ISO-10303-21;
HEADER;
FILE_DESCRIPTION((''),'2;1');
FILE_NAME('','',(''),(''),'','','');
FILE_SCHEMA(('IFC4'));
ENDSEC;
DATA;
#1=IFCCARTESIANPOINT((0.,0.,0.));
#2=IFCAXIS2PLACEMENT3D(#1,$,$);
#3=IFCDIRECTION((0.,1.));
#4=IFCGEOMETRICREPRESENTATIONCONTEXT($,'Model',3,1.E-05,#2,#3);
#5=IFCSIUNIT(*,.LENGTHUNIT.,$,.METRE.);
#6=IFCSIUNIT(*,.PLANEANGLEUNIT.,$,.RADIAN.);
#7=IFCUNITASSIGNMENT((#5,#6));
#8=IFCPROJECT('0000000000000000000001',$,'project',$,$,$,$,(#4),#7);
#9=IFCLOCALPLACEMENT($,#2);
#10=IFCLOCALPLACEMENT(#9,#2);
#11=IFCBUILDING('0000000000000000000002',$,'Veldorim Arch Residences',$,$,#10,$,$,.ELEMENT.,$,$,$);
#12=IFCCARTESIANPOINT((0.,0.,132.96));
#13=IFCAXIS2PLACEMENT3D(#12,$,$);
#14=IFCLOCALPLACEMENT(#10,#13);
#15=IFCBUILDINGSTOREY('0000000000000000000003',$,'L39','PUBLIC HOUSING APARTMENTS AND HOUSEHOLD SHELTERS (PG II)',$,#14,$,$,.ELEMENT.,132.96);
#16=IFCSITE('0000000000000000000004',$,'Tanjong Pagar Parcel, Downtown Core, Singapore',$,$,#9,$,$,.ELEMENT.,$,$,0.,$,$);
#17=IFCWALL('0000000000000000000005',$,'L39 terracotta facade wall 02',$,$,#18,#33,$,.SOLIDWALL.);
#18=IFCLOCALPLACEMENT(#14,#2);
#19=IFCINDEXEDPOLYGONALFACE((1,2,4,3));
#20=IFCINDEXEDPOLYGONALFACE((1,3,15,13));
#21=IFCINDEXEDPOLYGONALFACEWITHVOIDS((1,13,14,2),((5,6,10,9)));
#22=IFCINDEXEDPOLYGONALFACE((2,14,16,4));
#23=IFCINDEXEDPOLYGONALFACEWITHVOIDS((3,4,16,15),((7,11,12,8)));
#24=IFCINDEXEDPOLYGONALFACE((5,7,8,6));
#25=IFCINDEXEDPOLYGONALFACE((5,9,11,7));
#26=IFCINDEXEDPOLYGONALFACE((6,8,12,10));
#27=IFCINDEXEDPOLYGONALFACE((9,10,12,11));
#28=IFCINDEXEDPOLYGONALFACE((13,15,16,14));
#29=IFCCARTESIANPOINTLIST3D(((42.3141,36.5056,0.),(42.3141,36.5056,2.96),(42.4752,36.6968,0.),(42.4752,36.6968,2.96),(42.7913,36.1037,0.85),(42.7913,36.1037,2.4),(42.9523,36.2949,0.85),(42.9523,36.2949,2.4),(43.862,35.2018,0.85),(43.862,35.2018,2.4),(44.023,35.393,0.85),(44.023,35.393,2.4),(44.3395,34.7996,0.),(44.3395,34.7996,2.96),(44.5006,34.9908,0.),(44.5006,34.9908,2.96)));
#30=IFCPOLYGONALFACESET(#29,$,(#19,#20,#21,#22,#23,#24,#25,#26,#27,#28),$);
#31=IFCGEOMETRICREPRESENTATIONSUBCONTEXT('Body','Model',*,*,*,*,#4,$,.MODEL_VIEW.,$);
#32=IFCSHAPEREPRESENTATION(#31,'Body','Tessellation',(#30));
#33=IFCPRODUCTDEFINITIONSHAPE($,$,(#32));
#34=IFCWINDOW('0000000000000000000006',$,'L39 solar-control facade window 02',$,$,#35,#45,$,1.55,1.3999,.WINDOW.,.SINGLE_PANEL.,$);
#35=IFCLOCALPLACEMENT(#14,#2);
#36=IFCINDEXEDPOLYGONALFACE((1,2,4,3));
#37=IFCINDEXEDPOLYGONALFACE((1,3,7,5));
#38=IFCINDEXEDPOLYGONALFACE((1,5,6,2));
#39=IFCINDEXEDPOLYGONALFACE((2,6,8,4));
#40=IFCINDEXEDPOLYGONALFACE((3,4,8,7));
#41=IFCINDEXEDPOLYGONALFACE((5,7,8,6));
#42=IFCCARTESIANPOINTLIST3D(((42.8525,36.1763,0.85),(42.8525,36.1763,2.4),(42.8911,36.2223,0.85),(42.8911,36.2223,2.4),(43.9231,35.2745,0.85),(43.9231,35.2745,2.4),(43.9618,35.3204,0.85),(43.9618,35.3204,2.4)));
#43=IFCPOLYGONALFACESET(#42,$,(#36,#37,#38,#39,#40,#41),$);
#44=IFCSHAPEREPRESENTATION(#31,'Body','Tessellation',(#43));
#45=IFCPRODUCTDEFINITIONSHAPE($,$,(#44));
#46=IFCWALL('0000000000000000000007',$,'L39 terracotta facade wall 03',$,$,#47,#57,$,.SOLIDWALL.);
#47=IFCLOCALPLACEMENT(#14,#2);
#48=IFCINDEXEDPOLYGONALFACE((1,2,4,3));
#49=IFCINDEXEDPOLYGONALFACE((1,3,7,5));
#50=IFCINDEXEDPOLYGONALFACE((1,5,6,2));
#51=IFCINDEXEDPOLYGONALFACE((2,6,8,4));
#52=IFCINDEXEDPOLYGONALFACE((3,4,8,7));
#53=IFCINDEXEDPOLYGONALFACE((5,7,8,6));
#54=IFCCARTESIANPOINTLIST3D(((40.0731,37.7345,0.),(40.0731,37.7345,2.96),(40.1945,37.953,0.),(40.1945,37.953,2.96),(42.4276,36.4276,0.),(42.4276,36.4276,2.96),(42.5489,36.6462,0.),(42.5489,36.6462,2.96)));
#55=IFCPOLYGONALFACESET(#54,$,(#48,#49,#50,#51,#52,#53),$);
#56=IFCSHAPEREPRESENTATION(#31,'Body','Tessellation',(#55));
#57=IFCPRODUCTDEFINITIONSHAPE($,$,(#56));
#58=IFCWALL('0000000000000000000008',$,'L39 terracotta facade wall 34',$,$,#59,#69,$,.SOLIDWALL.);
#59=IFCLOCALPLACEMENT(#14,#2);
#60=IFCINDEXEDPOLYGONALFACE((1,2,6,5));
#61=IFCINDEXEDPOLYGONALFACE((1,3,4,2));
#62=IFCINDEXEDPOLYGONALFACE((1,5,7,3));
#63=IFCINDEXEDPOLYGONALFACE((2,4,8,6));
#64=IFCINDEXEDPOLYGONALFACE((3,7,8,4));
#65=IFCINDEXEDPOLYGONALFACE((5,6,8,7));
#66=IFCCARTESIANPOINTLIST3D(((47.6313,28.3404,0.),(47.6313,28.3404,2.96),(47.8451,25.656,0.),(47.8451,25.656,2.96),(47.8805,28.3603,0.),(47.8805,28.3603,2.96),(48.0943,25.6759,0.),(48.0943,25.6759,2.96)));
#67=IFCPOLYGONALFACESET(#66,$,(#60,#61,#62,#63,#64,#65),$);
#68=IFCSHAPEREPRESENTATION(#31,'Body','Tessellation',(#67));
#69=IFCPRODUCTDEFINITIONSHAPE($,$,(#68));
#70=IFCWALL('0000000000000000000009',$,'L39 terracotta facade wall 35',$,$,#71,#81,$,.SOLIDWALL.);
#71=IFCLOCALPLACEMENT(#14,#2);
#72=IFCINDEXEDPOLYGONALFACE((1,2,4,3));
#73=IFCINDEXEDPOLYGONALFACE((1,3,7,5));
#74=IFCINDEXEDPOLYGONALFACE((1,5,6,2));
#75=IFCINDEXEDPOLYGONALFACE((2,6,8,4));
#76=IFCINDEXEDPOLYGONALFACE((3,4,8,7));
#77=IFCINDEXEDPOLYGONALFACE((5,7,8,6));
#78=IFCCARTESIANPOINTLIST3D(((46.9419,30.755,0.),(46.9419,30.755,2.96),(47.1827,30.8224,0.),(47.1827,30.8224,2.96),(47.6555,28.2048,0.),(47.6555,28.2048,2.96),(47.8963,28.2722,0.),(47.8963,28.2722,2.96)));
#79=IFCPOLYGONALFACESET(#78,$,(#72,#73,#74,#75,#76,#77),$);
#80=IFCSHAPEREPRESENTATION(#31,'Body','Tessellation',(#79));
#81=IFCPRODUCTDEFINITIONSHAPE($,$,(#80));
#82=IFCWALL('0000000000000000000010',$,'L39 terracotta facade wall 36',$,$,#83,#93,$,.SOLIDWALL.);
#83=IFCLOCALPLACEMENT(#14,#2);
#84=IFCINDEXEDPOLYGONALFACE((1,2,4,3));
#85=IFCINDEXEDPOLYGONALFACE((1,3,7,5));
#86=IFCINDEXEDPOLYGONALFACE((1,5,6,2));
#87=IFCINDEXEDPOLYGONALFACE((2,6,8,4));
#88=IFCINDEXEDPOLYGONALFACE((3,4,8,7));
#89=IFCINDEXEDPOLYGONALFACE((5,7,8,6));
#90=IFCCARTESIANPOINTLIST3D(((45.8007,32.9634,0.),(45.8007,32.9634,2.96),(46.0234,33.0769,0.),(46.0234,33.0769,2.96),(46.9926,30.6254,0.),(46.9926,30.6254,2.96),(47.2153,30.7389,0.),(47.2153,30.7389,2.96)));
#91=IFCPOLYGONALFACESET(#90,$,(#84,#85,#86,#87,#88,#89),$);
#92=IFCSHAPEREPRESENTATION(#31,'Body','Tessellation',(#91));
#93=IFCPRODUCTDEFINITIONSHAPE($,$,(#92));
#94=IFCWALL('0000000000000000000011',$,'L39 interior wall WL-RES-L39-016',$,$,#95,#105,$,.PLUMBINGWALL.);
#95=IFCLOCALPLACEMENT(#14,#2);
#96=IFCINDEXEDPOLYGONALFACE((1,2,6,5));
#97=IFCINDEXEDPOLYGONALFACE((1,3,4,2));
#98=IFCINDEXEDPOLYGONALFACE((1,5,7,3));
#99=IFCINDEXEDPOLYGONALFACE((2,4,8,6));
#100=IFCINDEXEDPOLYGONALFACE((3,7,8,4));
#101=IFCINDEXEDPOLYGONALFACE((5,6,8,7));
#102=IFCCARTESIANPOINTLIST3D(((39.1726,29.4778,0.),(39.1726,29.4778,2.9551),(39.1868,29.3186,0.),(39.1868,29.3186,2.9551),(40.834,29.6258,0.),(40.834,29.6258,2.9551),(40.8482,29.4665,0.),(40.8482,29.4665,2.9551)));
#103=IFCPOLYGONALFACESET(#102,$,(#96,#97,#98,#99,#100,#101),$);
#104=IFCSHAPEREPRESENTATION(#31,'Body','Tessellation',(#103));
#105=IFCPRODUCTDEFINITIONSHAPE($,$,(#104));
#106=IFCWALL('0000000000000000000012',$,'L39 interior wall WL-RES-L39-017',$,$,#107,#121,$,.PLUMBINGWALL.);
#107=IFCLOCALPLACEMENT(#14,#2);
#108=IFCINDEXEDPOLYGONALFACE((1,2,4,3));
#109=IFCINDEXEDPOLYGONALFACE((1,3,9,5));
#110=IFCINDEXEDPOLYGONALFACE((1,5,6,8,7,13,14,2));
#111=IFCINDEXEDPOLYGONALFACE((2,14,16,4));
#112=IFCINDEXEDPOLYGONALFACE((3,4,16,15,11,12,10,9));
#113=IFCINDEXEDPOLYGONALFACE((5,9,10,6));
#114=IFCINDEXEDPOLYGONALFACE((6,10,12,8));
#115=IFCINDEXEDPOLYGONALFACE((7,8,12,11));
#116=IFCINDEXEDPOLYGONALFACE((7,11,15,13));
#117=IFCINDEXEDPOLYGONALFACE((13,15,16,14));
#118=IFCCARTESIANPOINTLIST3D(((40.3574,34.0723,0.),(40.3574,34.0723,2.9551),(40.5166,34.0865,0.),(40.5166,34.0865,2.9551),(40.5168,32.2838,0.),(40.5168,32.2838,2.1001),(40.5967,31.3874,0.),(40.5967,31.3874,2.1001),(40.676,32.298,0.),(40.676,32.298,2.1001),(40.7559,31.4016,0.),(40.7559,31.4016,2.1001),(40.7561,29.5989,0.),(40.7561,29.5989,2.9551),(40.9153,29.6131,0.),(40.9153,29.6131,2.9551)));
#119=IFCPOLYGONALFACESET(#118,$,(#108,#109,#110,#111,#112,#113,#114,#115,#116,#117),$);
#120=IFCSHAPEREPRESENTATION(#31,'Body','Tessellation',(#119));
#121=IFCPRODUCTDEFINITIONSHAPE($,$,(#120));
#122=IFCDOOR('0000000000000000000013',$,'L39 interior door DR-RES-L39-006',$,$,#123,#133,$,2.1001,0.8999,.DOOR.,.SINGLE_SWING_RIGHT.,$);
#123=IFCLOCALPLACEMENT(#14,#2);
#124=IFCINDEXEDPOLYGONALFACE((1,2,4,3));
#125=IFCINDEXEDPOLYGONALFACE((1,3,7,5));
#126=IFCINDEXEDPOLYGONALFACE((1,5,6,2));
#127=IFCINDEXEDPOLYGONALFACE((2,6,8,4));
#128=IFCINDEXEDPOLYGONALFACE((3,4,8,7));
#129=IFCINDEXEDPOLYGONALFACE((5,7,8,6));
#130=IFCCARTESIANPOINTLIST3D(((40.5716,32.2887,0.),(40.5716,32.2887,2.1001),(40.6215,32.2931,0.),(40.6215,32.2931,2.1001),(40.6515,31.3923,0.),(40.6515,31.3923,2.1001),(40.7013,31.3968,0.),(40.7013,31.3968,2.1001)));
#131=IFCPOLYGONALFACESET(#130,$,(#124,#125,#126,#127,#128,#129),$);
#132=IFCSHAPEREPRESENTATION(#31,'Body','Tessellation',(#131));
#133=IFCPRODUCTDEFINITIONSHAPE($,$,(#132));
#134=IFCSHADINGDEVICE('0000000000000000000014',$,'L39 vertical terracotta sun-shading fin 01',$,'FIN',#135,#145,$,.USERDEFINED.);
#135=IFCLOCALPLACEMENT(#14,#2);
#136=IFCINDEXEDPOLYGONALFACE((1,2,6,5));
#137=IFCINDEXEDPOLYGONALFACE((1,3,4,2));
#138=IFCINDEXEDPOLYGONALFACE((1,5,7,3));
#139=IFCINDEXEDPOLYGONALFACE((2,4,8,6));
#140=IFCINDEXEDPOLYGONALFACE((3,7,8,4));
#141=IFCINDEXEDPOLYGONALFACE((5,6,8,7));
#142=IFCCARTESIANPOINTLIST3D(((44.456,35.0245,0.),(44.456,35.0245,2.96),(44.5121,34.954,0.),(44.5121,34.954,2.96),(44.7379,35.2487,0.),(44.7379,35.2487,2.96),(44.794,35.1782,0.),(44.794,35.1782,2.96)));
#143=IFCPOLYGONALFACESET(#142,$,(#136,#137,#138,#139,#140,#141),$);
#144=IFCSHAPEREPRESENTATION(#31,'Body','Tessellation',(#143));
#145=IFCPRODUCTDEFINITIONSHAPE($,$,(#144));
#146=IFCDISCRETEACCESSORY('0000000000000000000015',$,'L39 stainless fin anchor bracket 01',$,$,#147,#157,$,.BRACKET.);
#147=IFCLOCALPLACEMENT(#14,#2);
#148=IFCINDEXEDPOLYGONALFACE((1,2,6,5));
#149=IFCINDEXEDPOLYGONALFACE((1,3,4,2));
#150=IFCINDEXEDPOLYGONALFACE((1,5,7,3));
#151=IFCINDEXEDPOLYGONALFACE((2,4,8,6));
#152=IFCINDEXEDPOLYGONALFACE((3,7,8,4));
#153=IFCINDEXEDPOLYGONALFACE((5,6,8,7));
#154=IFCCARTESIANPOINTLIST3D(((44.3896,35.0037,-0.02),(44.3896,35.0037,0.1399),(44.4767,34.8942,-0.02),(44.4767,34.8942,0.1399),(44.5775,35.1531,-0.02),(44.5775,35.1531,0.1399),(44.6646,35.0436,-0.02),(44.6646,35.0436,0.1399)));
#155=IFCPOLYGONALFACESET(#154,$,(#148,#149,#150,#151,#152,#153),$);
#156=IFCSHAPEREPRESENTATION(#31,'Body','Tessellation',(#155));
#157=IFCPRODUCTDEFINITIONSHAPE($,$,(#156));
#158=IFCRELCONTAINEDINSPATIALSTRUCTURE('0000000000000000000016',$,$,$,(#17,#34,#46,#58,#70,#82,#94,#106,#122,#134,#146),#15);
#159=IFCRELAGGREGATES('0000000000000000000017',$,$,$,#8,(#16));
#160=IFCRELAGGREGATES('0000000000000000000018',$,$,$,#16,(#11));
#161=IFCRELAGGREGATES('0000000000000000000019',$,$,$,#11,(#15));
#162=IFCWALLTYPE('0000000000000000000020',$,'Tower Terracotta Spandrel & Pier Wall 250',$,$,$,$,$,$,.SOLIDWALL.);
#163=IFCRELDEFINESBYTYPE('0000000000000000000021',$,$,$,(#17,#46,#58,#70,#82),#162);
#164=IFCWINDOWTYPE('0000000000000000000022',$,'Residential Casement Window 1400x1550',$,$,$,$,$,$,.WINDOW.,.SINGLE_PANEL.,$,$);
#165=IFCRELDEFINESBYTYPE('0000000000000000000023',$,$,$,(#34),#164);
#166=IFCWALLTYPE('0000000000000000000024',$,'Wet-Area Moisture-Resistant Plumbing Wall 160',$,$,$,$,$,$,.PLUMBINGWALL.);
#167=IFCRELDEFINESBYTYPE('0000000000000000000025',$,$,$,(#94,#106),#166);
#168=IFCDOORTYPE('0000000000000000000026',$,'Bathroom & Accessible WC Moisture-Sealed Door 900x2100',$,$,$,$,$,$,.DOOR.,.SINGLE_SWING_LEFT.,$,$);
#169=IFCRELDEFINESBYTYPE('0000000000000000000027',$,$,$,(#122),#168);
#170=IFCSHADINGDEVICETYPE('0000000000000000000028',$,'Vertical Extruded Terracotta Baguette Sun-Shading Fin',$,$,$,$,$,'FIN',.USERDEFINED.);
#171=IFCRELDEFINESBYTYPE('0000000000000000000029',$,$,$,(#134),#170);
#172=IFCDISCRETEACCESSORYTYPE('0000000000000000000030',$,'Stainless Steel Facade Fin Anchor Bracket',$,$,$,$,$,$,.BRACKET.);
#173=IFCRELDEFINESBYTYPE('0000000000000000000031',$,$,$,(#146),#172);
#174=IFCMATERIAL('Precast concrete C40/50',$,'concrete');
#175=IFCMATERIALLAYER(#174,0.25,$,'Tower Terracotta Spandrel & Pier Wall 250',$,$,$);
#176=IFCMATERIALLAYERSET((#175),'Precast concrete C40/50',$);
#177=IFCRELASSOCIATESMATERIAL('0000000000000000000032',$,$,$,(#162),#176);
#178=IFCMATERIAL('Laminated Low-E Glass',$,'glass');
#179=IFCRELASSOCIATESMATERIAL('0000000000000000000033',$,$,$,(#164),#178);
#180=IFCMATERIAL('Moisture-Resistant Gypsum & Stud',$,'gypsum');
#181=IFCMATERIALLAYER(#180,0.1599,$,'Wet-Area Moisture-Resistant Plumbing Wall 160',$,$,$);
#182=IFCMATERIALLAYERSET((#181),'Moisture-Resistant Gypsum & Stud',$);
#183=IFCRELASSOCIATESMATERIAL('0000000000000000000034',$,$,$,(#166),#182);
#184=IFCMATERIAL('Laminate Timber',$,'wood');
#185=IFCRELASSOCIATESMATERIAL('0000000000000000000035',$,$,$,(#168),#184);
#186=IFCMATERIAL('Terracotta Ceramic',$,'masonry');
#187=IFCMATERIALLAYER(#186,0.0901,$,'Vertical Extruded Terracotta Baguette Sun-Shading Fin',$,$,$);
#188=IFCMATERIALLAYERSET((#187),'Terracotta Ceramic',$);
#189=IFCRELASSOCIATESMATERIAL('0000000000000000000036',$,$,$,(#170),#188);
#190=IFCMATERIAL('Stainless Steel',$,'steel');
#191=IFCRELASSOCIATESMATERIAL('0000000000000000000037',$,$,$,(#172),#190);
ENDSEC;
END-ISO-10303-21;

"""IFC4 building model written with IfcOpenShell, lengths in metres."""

from ifc_helpers import new_model, si_unit, direction, frame, frame_2d, origin, origin_2d, place, context, subcontext, project, spatial, rectangle, extrude, material, layer, layer_set, type_object, element, fill, save


model = new_model("IFC4")

# Units and contexts
model_context = context("Model", 3, precision=1e-05, world=origin(), true_north=direction((0.0, 1.0)))
body_context = subcontext(model_context, "Body", "Model", "MODEL_VIEW")
ifc_project = project(units=[si_unit("LENGTHUNIT", "METRE"), si_unit("PLANEANGLEUNIT", "RADIAN")], contexts=[model_context])

# Site, building, storey
site_placement = place(None, origin())
site = spatial("IfcSite", under=ifc_project, at=site_placement, Name="Tanjong Pagar Parcel, Downtown Core, Singapore", CompositionType="ELEMENT", RefElevation=0.0)
building_placement = place(site_placement, origin())
building = spatial("IfcBuilding", under=site, at=building_placement, Name="Veldorim Arch Residences", CompositionType="ELEMENT")
storey_placement = place(building_placement, frame((0.0, 0.0, 132.96)))
storey = spatial("IfcBuildingStorey", under=building, at=storey_placement, Name="L39", Description="PUBLIC HOUSING APARTMENTS AND HOUSEHOLD SHELTERS (PG II)", CompositionType="ELEMENT", Elevation=132.96)

# Wall, opening, window
ifc_material_1 = material(Name="Precast concrete C40/50", Category="concrete")
ifc_layer_1 = layer(ifc_material_1, 0.25, Name="Tower Terracotta Spandrel & Pier Wall 250")
ifc_layer_set_1 = layer_set([ifc_layer_1], Name="Precast concrete C40/50")
wall_type_1 = type_object("IfcWallType", Name="Tower Terracotta Spandrel & Pier Wall 250", PredefinedType="SOLIDWALL", material=ifc_layer_set_1)
wall_1_placement = place(storey_placement, frame((42.3945, 36.6013, 0.0), z_axis=(0.0, 0.0, 1.0), x_axis=(0.764825, -0.644238, 0.0)))
wall_1 = element("IfcWall", 1, at=wall_1_placement, inside=storey, type_object=wall_type_1, Name="L39 terracotta facade wall 02", PredefinedType="SOLIDWALL", context=body_context, shape_type="SweptSolid", body=[
    extrude(rectangle(XDim=2.6482, YDim=0.25, at=frame_2d((1.3242, 0.0))), origin(), (0.0, 0.0, 1.0), 2.96),
])
opening_1_placement = place(wall_1_placement, frame((0.624, 0.0, 0.8501)))
opening_1 = element("IfcOpeningElement", 2, at=opening_1_placement, cuts=wall_1, PredefinedType="OPENING", context=body_context, shape_type="SweptSolid", body=[
    extrude(rectangle(XDim=1.3999, YDim=1.55, at=frame_2d((0.7, 0.7749))), frame((0.0, 0.135, 0.0), z_axis=(0.0, -1.0, 0.0), x_axis=(1.0, 0.0, 0.0)), (0.0, 0.0, 1.0), 0.27),
])
ifc_material_2 = material(Name="Laminated Low-E Glass", Category="glass")
window_type = type_object("IfcWindowType", Name="Residential Casement Window 1400x1550", PartitioningType="SINGLE_PANEL", PredefinedType="WINDOW", material=ifc_material_2)
window_placement = place(opening_1_placement, origin())
window = element("IfcWindow", 3, at=window_placement, inside=storey, type_object=window_type, Name="L39 solar-control facade window 02", OverallHeight=1.55, OverallWidth=1.3999, PartitioningType="SINGLE_PANEL", PredefinedType="WINDOW", context=body_context, shape_type="SweptSolid", body=[
    extrude(rectangle(XDim=1.3999, YDim=1.55, at=frame_2d((0.7, 0.7749))), frame((0.0, 0.03, 0.0), z_axis=(0.0, -1.0, 0.0), x_axis=(1.0, 0.0, 0.0)), (0.0, 0.0, 1.0), 0.0601),
])
fill(opening_1, window)

# Walls
for number, where, z_axis, x_axis, name in (
    (4, (40.1338, 37.8438, 0.0), (0.0, 0.0, 1.0), (0.874341, -0.485312, 0.0), "L39 terracotta facade wall 03"),
    (5, (47.7559, 28.3503, 0.0), (0.0, 0.0, 1.0), (0.079421, -0.996841, 0.0), "L39 terracotta facade wall 34"),
):
    element("IfcWall", number, at=place(storey_placement, frame(where, z_axis=z_axis, x_axis=x_axis)), inside=storey, type_object=wall_type_1, Name=name, PredefinedType="SOLIDWALL", context=body_context, shape_type="SweptSolid", body=[
        extrude(rectangle(XDim=2.6929, YDim=0.25, at=frame_2d((1.3464, 0.0))), origin(), (0.0, 0.0, 1.0), 2.96),
    ])
wall_2_placement = place(storey_placement, frame((47.0623, 30.7888, 0.0), z_axis=(0.0, 0.0, 1.0), x_axis=(0.269469, -0.963009, 0.0)))
element("IfcWall", 6, at=wall_2_placement, inside=storey, type_object=wall_type_1, Name="L39 terracotta facade wall 35", PredefinedType="SOLIDWALL", context=body_context, shape_type="SweptSolid", body=[
    extrude(rectangle(XDim=2.6482, YDim=0.25, at=frame_2d((1.3242, 0.0))), origin(), (0.0, 0.0, 1.0), 2.96),
])
wall_3_placement = place(storey_placement, frame((45.9121, 33.02, 0.0), z_axis=(0.0, 0.0, 1.0), x_axis=(0.454196, -0.890902, 0.0)))
element("IfcWall", 7, at=wall_3_placement, inside=storey, type_object=wall_type_1, Name="L39 terracotta facade wall 36", PredefinedType="SOLIDWALL", context=body_context, shape_type="SweptSolid", body=[
    extrude(rectangle(XDim=2.6243, YDim=0.25, at=frame_2d((1.312, 0.0))), origin(), (0.0, 0.0, 1.0), 2.96),
])
ifc_material_3 = material(Name="Moisture-Resistant Gypsum & Stud", Category="gypsum")
ifc_layer_2 = layer(ifc_material_3, 0.1599, Name="Wet-Area Moisture-Resistant Plumbing Wall 160")
ifc_layer_set_2 = layer_set([ifc_layer_2], Name="Moisture-Resistant Gypsum & Stud")
wall_type_2 = type_object("IfcWallType", Name="Wet-Area Moisture-Resistant Plumbing Wall 160", PredefinedType="PLUMBINGWALL", material=ifc_layer_set_2)
wall_4_placement = place(storey_placement, frame((39.1797, 29.3982, 0.0), z_axis=(0.0, 0.0, 1.0), x_axis=(0.996058, 0.088701, 0.0)))
element("IfcWall", 8, at=wall_4_placement, inside=storey, type_object=wall_type_2, Name="L39 interior wall WL-RES-L39-016", PredefinedType="PLUMBINGWALL", context=body_context, shape_type="SweptSolid", body=[
    extrude(rectangle(XDim=1.668, YDim=0.1599, at=frame_2d((0.834, 0.0))), origin(), (0.0, 0.0, 1.0), 2.9551),
])

# Wall, opening, door
wall_5_placement = place(storey_placement, frame((40.8357, 29.606, 0.0), z_axis=(0.0, 0.0, 1.0), x_axis=(-0.088771, 0.996052, 0.0)))
wall_5 = element("IfcWall", 9, at=wall_5_placement, inside=storey, type_object=wall_type_2, Name="L39 interior wall WL-RES-L39-017", PredefinedType="PLUMBINGWALL", context=body_context, shape_type="SweptSolid", body=[
    extrude(rectangle(XDim=4.4912, YDim=0.1599, at=frame_2d((2.2456, 0.0))), origin(), (0.0, 0.0, 1.0), 2.9551),
])
opening_2_placement = place(wall_5_placement, frame((1.7957, 0.0, 0.0)))
opening_2 = element("IfcOpeningElement", 10, at=opening_2_placement, cuts=wall_5, PredefinedType="OPENING", context=body_context, shape_type="SweptSolid", body=[
    extrude(rectangle(XDim=0.8999, YDim=2.1001, at=frame_2d((0.45, 1.05))), frame((0.0, 0.0898, 0.0), z_axis=(0.0, -1.0, 0.0), x_axis=(1.0, 0.0, 0.0)), (0.0, 0.0, 1.0), 0.1799),
])
ifc_material_4 = material(Name="Laminate Timber", Category="wood")
door_type = type_object("IfcDoorType", Name="Bathroom & Accessible WC Moisture-Sealed Door 900x2100", OperationType="SINGLE_SWING_LEFT", PredefinedType="DOOR", material=ifc_material_4)
door_placement = place(opening_2_placement, origin())
door = element("IfcDoor", 11, at=door_placement, inside=storey, type_object=door_type, Name="L39 interior door DR-RES-L39-006", OperationType="SINGLE_SWING_RIGHT", OverallHeight=2.1001, OverallWidth=0.8999, PredefinedType="DOOR", context=body_context, shape_type="SweptSolid", body=[
    extrude(rectangle(XDim=0.8999, YDim=2.1001, at=frame_2d((0.45, 1.05))), frame((0.0, 0.0249, 0.0), z_axis=(0.0, -1.0, 0.0), x_axis=(1.0, 0.0, 0.0)), (0.0, 0.0, 1.0), 0.05),
])
fill(opening_2, door)

# Shading device
ifc_material_5 = material(Name="Terracotta Ceramic", Category="masonry")
ifc_layer_3 = layer(ifc_material_5, 0.0901, Name="Vertical Extruded Terracotta Baguette Sun-Shading Fin")
ifc_layer_set_3 = layer_set([ifc_layer_3], Name="Terracotta Ceramic")
shading_device_type = type_object("IfcShadingDeviceType", Name="Vertical Extruded Terracotta Baguette Sun-Shading Fin", ElementType="FIN", PredefinedType="USERDEFINED", material=ifc_layer_set_3)
shading_device_placement = place(storey_placement, frame((44.625, 35.1013, 0.0), z_axis=(0.0, 0.0, 1.0), x_axis=(0.622515, -0.782608, 0.0)))
element("IfcShadingDevice", 12, at=shading_device_placement, inside=storey, type_object=shading_device_type, Name="L39 vertical terracotta sun-shading fin 01", ObjectType="FIN", PredefinedType="USERDEFINED", context=body_context, shape_type="SweptSolid", body=[
    extrude(rectangle(XDim=0.0901, YDim=0.3601, at=origin_2d()), origin(), (0.0, 0.0, 1.0), 2.96),
])

# Discrete accessory
ifc_material_6 = material(Name="Stainless Steel", Category="steel")
discrete_accessory_type = type_object("IfcDiscreteAccessoryType", Name="Stainless Steel Facade Fin Anchor Bracket", PredefinedType="BRACKET", material=ifc_material_6)
discrete_accessory_placement = place(storey_placement, frame((44.5271, 35.0237, -0.02), z_axis=(0.0, 0.0, 1.0), x_axis=(0.622515, -0.782608, 0.0)))
element("IfcDiscreteAccessory", 13, at=discrete_accessory_placement, inside=storey, type_object=discrete_accessory_type, Name="L39 stainless fin anchor bracket 01", PredefinedType="BRACKET", context=body_context, shape_type="SweptSolid", body=[
    extrude(rectangle(XDim=0.1399, YDim=0.24, at=origin_2d()), origin(), (0.0, 0.0, 1.0), 0.1599),
])

save(model, "model.ifc")
